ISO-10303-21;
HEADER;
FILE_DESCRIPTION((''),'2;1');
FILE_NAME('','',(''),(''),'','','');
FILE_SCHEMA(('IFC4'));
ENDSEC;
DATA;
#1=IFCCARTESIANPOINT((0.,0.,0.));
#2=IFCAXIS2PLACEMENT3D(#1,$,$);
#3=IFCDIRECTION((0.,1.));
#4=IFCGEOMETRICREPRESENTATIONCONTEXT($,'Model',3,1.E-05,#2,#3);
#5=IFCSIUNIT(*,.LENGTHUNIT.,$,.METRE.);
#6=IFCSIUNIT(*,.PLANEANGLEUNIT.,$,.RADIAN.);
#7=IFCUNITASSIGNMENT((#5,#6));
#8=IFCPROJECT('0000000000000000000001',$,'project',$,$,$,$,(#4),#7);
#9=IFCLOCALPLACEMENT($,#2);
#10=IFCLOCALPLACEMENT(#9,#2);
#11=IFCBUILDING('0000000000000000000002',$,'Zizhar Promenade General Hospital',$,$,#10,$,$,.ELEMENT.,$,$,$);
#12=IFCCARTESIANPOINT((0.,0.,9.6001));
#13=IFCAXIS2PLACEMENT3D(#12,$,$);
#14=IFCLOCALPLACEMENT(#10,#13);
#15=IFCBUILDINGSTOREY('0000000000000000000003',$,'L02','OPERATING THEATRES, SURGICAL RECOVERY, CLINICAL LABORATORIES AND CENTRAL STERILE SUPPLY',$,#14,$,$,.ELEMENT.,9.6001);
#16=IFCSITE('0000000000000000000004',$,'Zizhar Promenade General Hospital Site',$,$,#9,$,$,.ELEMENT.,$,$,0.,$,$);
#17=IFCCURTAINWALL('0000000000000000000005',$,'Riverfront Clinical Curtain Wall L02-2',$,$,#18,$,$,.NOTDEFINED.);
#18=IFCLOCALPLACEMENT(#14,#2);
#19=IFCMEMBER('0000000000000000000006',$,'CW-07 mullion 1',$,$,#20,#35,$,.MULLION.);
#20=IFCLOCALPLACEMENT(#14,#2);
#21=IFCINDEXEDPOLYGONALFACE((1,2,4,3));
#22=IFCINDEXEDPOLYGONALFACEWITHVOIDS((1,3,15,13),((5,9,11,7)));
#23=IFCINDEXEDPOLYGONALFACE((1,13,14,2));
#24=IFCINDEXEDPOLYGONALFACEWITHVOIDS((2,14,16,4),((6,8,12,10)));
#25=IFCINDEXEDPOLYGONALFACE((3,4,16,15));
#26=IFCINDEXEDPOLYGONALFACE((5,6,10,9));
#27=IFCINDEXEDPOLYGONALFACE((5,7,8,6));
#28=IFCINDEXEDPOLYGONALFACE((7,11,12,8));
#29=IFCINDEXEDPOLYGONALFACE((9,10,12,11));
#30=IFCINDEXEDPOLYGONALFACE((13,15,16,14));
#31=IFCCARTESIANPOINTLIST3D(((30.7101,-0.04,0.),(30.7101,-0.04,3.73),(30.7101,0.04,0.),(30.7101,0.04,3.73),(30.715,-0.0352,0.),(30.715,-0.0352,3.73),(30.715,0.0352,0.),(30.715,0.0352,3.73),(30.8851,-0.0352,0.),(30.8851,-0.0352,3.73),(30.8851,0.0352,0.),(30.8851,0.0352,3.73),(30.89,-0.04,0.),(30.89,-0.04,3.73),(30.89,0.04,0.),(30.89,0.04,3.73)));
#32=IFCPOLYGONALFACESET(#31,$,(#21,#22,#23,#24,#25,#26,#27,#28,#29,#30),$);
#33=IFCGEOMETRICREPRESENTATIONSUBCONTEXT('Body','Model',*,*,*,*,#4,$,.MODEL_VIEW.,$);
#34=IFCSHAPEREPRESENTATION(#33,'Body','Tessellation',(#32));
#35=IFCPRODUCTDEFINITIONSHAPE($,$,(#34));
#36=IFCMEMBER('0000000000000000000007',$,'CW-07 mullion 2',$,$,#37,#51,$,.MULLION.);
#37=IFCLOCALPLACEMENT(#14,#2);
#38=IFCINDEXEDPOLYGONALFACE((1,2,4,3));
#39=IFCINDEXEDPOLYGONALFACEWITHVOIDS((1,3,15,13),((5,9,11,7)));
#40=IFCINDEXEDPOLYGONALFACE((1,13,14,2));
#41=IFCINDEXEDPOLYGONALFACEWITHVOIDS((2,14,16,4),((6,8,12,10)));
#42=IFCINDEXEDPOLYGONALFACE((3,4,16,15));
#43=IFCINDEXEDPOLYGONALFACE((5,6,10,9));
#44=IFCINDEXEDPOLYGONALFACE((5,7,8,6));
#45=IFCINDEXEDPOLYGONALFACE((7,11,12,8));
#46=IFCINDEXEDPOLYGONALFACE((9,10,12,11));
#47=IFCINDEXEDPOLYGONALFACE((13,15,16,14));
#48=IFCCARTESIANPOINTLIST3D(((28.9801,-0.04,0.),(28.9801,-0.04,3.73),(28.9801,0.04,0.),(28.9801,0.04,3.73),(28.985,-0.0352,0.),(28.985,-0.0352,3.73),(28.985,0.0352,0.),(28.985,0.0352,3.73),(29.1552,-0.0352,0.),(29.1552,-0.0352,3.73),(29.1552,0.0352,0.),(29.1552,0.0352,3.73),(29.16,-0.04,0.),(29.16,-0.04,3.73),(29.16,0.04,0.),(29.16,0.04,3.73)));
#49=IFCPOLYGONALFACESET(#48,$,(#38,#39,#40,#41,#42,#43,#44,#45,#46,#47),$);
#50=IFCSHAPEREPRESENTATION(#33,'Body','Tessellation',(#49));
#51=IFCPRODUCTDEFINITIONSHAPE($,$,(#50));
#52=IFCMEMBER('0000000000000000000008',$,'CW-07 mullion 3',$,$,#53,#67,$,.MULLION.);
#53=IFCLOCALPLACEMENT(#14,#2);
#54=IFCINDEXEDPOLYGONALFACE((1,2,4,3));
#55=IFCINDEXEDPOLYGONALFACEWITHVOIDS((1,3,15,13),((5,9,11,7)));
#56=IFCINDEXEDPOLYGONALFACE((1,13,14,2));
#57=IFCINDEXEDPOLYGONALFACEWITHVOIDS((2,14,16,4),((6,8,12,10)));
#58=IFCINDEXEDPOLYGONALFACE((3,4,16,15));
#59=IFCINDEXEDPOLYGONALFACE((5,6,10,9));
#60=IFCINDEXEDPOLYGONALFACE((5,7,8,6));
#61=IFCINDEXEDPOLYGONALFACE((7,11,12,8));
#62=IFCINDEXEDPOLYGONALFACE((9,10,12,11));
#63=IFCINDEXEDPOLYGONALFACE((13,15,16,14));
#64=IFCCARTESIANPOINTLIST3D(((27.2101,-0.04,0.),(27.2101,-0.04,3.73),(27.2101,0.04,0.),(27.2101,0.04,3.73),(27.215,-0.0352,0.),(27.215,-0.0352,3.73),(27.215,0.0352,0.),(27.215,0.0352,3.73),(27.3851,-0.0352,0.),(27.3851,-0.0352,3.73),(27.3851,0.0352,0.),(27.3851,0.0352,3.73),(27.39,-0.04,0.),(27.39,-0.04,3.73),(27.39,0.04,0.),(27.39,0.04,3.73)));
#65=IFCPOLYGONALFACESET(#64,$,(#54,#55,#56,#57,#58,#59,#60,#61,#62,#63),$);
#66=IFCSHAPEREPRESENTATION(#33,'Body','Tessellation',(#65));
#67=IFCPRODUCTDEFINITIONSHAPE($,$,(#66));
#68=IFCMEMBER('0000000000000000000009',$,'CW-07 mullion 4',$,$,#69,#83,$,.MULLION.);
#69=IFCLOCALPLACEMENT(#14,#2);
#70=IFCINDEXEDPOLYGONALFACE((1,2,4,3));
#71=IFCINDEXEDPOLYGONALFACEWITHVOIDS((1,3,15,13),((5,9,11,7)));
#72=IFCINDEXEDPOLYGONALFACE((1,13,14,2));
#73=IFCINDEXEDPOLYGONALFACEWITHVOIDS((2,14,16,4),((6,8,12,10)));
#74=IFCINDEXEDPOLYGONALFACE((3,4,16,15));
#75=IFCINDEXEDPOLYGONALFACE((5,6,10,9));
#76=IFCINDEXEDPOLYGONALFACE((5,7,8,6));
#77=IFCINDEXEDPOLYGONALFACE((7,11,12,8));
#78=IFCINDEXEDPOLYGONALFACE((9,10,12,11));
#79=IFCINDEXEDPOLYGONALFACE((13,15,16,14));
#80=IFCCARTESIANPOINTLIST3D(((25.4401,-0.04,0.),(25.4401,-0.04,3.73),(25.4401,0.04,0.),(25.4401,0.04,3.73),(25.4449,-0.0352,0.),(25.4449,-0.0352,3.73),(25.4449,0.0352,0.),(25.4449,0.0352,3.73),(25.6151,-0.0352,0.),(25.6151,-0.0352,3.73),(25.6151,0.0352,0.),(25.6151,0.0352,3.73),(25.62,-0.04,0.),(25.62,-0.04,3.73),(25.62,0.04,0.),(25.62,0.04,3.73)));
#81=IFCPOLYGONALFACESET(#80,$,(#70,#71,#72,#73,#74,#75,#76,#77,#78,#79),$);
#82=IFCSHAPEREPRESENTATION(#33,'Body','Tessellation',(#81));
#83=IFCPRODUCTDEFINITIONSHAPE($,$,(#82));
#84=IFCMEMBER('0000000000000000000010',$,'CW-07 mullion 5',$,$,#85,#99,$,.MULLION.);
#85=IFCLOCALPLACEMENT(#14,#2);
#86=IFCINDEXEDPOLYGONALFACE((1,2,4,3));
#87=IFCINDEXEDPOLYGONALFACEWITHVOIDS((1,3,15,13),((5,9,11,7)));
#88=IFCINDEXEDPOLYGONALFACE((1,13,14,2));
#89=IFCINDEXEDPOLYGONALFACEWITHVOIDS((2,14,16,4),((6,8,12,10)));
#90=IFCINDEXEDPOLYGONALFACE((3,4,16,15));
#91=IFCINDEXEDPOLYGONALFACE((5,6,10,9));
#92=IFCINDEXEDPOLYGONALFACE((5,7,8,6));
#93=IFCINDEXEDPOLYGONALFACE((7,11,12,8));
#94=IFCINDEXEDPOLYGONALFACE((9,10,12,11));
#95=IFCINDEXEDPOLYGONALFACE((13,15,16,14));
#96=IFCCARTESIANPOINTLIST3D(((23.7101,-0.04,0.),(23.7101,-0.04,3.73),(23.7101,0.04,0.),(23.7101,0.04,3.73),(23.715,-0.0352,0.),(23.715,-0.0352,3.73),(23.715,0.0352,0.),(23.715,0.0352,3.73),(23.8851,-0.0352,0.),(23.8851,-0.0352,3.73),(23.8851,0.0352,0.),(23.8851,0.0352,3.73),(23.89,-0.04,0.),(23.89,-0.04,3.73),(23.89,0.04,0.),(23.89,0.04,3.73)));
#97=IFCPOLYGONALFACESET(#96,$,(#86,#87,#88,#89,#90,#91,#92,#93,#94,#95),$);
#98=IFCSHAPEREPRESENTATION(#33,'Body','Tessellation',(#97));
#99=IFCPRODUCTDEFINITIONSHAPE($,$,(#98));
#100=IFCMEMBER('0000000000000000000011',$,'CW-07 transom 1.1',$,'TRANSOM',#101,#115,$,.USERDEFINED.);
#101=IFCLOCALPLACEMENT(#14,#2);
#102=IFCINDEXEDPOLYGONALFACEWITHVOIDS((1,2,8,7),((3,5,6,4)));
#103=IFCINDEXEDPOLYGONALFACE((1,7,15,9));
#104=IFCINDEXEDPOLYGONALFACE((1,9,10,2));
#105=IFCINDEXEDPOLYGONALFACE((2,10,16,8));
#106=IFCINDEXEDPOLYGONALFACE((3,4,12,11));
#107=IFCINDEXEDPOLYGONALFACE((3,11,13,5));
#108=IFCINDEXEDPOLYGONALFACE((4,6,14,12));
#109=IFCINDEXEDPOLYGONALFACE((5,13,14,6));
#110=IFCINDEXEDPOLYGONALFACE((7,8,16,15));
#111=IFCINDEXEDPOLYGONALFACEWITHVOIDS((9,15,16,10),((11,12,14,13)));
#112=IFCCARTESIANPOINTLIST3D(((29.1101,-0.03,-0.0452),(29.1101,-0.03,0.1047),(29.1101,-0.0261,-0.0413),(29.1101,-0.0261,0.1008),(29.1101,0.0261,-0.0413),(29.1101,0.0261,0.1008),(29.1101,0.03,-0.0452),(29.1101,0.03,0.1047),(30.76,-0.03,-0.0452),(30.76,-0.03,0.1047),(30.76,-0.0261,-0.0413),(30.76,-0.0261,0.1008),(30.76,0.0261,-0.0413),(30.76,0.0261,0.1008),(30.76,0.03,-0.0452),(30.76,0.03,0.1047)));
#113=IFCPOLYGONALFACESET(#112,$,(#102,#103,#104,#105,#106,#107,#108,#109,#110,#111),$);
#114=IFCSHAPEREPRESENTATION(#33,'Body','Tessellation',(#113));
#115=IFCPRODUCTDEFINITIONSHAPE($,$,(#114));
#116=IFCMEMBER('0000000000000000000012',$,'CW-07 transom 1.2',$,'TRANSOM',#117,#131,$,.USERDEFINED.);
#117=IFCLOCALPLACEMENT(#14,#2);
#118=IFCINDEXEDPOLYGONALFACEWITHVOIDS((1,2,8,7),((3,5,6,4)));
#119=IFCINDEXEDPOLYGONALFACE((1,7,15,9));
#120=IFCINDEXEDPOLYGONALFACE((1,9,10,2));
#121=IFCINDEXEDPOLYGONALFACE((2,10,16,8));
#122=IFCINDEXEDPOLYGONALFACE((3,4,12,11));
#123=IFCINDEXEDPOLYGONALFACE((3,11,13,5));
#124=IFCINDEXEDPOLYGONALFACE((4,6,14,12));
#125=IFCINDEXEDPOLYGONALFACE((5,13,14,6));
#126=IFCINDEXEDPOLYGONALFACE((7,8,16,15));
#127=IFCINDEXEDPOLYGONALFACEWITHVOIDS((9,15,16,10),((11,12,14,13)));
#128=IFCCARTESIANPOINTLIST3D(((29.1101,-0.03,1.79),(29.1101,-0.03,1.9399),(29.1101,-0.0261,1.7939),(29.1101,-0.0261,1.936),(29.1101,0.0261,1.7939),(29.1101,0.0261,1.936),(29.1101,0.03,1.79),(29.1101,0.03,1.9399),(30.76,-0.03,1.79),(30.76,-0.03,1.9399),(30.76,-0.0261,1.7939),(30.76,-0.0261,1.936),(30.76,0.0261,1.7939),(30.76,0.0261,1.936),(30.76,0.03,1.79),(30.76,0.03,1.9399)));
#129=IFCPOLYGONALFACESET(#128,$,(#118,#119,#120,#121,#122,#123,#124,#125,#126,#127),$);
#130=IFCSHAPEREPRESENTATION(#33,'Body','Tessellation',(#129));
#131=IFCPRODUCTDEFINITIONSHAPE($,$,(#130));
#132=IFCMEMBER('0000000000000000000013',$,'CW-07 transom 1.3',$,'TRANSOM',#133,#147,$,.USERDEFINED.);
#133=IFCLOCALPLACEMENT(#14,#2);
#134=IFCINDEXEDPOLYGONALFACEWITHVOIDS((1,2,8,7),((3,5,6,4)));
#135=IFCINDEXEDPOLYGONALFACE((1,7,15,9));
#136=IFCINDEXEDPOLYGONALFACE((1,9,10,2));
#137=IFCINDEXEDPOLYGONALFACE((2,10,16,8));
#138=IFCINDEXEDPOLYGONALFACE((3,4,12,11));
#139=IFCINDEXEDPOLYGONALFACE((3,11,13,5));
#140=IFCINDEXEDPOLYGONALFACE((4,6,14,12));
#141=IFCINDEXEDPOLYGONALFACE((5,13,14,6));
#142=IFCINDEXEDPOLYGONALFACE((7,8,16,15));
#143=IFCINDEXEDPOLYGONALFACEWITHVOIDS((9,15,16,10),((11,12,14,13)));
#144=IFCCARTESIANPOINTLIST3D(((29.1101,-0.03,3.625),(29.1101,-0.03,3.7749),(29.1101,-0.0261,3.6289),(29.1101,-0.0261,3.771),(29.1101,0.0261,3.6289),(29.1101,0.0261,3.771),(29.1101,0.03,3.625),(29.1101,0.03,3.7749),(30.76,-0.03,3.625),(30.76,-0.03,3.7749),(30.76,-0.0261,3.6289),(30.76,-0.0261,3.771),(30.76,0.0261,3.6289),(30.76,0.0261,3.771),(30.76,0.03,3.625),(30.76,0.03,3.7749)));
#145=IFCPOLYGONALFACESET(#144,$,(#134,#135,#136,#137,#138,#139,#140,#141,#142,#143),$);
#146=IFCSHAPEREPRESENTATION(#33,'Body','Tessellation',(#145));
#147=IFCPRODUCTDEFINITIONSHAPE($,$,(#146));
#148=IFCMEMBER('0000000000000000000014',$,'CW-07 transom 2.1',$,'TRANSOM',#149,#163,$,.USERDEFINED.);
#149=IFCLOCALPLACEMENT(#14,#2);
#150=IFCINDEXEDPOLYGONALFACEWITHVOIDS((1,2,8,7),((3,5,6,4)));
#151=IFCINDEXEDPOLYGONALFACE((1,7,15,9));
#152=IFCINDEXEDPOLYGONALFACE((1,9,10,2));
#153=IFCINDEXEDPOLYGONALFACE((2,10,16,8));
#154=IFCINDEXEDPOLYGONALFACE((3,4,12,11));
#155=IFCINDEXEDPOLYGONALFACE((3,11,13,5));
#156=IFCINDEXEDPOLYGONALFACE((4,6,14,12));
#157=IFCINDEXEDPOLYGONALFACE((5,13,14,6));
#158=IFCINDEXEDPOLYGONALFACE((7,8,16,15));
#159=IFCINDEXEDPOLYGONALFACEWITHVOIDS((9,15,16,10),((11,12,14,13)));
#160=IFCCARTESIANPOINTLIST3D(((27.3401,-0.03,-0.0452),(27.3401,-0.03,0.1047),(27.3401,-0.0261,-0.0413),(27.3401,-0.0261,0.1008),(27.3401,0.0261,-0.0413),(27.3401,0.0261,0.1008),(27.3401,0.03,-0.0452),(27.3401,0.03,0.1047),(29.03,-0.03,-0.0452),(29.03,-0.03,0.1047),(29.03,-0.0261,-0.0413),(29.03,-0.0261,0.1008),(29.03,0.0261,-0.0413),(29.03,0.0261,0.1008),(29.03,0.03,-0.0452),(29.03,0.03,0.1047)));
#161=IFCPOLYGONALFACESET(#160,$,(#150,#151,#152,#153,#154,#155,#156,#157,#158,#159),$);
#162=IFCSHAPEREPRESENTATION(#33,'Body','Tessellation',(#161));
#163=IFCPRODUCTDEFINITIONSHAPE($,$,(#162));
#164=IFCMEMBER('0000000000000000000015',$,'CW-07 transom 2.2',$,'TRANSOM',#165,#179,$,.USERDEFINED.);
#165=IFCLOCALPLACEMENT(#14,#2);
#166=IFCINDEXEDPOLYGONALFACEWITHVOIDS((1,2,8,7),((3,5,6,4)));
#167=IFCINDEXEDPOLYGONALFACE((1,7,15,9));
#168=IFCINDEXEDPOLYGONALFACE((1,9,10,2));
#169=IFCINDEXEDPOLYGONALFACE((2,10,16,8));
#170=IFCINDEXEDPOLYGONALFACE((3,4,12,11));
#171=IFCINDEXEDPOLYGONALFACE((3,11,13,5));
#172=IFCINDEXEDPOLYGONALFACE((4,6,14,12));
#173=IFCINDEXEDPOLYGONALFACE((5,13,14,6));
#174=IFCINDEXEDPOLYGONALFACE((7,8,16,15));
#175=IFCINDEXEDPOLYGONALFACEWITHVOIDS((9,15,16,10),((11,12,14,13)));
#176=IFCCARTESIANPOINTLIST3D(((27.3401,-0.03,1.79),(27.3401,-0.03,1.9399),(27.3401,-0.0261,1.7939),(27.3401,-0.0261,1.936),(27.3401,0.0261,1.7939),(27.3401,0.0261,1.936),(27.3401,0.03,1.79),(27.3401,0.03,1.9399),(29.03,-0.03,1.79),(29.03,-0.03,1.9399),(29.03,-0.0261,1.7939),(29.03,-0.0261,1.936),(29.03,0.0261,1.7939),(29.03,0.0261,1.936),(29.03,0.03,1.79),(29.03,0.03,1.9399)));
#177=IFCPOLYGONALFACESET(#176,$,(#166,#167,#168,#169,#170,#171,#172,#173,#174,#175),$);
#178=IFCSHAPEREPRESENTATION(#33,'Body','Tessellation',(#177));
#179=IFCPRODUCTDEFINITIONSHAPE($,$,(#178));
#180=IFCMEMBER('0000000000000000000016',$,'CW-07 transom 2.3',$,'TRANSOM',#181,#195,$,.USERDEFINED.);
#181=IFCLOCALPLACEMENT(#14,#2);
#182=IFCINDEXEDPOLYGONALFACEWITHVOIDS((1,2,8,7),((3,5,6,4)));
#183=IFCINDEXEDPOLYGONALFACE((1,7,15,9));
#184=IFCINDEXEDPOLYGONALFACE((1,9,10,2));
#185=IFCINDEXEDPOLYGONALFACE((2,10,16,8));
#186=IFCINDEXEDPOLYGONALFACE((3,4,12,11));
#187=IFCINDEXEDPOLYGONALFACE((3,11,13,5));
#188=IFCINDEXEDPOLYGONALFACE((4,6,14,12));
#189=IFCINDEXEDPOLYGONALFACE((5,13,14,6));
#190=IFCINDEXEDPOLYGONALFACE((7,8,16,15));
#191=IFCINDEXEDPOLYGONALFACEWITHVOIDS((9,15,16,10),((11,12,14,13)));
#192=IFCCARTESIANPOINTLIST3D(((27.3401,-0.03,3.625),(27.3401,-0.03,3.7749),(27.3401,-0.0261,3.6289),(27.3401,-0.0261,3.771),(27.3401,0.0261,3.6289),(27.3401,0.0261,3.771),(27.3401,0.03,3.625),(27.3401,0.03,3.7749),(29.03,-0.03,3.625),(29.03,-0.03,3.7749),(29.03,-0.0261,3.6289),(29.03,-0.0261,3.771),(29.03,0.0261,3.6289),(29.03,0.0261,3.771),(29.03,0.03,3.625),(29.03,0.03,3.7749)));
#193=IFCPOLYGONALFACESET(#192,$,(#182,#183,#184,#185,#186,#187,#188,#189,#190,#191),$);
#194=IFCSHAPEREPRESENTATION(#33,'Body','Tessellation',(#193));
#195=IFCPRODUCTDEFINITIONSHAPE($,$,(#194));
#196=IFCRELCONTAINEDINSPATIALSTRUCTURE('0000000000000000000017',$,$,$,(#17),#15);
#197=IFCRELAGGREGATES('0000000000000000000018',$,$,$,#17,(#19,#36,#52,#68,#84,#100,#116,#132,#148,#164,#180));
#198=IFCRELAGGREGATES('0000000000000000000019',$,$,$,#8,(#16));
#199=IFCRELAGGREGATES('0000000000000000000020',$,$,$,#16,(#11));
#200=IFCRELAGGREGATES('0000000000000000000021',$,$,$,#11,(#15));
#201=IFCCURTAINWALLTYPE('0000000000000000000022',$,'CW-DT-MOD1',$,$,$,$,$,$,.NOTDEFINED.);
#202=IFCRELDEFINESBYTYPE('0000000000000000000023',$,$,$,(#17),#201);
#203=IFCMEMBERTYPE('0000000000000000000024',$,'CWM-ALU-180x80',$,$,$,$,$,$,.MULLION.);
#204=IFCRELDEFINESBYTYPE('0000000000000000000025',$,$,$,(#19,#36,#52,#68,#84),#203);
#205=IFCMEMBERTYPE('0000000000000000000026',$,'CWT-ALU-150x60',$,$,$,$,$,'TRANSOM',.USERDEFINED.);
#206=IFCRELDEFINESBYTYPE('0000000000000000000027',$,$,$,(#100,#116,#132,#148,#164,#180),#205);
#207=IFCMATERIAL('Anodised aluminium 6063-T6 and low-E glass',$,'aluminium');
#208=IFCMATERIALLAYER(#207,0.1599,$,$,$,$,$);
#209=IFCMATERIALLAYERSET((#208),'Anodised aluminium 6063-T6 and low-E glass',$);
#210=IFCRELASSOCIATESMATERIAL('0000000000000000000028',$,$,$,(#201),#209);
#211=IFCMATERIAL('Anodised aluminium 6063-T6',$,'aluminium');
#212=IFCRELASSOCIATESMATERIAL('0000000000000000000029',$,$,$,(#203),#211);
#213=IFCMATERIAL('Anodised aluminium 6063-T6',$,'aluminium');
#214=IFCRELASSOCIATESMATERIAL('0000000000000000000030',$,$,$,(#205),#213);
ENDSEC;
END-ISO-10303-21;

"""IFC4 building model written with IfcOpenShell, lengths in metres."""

from ifc_helpers import new_model, si_unit, direction, frame, origin, origin_2d, place, context, subcontext, project, spatial, hollow_rectangle, extrude, material, layer, layer_set, material_profile, profile_set, type_object, element, aggregate, save


model = new_model("IFC4")

# Units and contexts
model_context = context("Model", 3, precision=1e-05, world=origin(), true_north=direction((0.0, 1.0)))
body_context = subcontext(model_context, "Body", "Model", "MODEL_VIEW")
ifc_project = project(units=[si_unit("LENGTHUNIT", "METRE"), si_unit("PLANEANGLEUNIT", "RADIAN")], contexts=[model_context])

# Site, building, storey
site_placement = place(None, origin())
site = spatial("IfcSite", under=ifc_project, at=site_placement, Name="Zizhar Promenade General Hospital Site", CompositionType="ELEMENT", RefElevation=0.0)
building_placement = place(site_placement, origin())
building = spatial("IfcBuilding", under=site, at=building_placement, Name="Zizhar Promenade General Hospital", CompositionType="ELEMENT")
storey_placement = place(building_placement, frame((0.0, 0.0, 9.6001)))
storey = spatial("IfcBuildingStorey", under=building, at=storey_placement, Name="L02", Description="OPERATING THEATRES, SURGICAL RECOVERY, CLINICAL LABORATORIES AND CENTRAL STERILE SUPPLY", CompositionType="ELEMENT", Elevation=9.6001)

# Curtain wall, members
ifc_material_1 = material(Name="Anodised aluminium 6063-T6 and low-E glass", Category="aluminium")
ifc_layer_1 = layer(ifc_material_1, 0.1599)
ifc_layer_set_1 = layer_set([ifc_layer_1], Name="Anodised aluminium 6063-T6 and low-E glass")
curtain_wall_type = type_object("IfcCurtainWallType", Name="CW-DT-MOD1", PredefinedType="NOTDEFINED", material=ifc_layer_set_1)
curtain_wall_placement = place(storey_placement, origin())
curtain_wall = element("IfcCurtainWall", 1, at=curtain_wall_placement, inside=storey, type_object=curtain_wall_type, Name="Riverfront Clinical Curtain Wall L02-2", PredefinedType="NOTDEFINED")
ifc_material_2 = material(Name="Anodised aluminium 6063-T6", Category="aluminium")
ifc_material_profile_1 = material_profile(ifc_material_2, hollow_rectangle(XDim=0.0801, YDim=0.1799, WallThickness=0.0049, at=origin_2d()))
ifc_profile_set_1 = profile_set([ifc_material_profile_1], Name="Anodised aluminium 6063-T6")
member_type_1 = type_object("IfcMemberType", Name="CWM-ALU-180x80", PredefinedType="MULLION", material=ifc_profile_set_1)
member_1_placement = place(storey_placement, frame((30.8, 0.0, 0.0), z_axis=(0.0, 0.0, 1.0), x_axis=(0.0, -1.0, 0.0)))
member_1 = element("IfcMember", 2, at=member_1_placement, type_object=member_type_1, Name="CW-07 mullion 1", PredefinedType="MULLION", context=body_context, shape_type="SweptSolid", body=[
    extrude(hollow_rectangle(XDim=0.0801, YDim=0.1799, WallThickness=0.0049, at=origin_2d()), origin(), (0.0, 0.0, 1.0), 3.73),
])
member_2_placement = place(storey_placement, frame((29.0701, 0.0, 0.0), z_axis=(0.0, 0.0, 1.0), x_axis=(0.0, -1.0, 0.0)))
member_2 = element("IfcMember", 3, at=member_2_placement, type_object=member_type_1, Name="CW-07 mullion 2", PredefinedType="MULLION", context=body_context, shape_type="SweptSolid", body=[
    extrude(hollow_rectangle(XDim=0.0801, YDim=0.1799, WallThickness=0.0049, at=origin_2d()), origin(), (0.0, 0.0, 1.0), 3.73),
])
member_3_placement = place(storey_placement, frame((27.3, 0.0, 0.0), z_axis=(0.0, 0.0, 1.0), x_axis=(0.0, -1.0, 0.0)))
member_3 = element("IfcMember", 4, at=member_3_placement, type_object=member_type_1, Name="CW-07 mullion 3", PredefinedType="MULLION", context=body_context, shape_type="SweptSolid", body=[
    extrude(hollow_rectangle(XDim=0.0801, YDim=0.1799, WallThickness=0.0049, at=origin_2d()), origin(), (0.0, 0.0, 1.0), 3.73),
])
member_4_placement = place(storey_placement, frame((25.53, 0.0, 0.0), z_axis=(0.0, 0.0, 1.0), x_axis=(0.0, -1.0, 0.0)))
member_4 = element("IfcMember", 5, at=member_4_placement, type_object=member_type_1, Name="CW-07 mullion 4", PredefinedType="MULLION", context=body_context, shape_type="SweptSolid", body=[
    extrude(hollow_rectangle(XDim=0.0801, YDim=0.1799, WallThickness=0.0049, at=origin_2d()), origin(), (0.0, 0.0, 1.0), 3.73),
])
member_5_placement = place(storey_placement, frame((23.8, 0.0, 0.0), z_axis=(0.0, 0.0, 1.0), x_axis=(0.0, -1.0, 0.0)))
member_5 = element("IfcMember", 6, at=member_5_placement, type_object=member_type_1, Name="CW-07 mullion 5", PredefinedType="MULLION", context=body_context, shape_type="SweptSolid", body=[
    extrude(hollow_rectangle(XDim=0.0801, YDim=0.1799, WallThickness=0.0049, at=origin_2d()), origin(), (0.0, 0.0, 1.0), 3.73),
])
ifc_material_3 = material(Name="Anodised aluminium 6063-T6", Category="aluminium")
ifc_material_profile_2 = material_profile(ifc_material_3, hollow_rectangle(XDim=0.0601, YDim=0.1499, WallThickness=0.0039, at=origin_2d()))
ifc_profile_set_2 = profile_set([ifc_material_profile_2], Name="Anodised aluminium 6063-T6")
member_type_2 = type_object("IfcMemberType", Name="CWT-ALU-150x60", ElementType="TRANSOM", PredefinedType="USERDEFINED", material=ifc_profile_set_2)
member_6_placement = place(storey_placement, frame((30.76, 0.0, 0.0298), z_axis=(-1.0, 0.0, 0.0), x_axis=(0.0, -1.0, 0.0)))
member_6 = element("IfcMember", 7, at=member_6_placement, type_object=member_type_2, Name="CW-07 transom 1.1", ObjectType="TRANSOM", PredefinedType="USERDEFINED", context=body_context, shape_type="SweptSolid", body=[
    extrude(hollow_rectangle(XDim=0.0601, YDim=0.1499, WallThickness=0.0039, at=origin_2d()), origin(), (0.0, 0.0, 1.0), 1.6499),
])
member_7_placement = place(storey_placement, frame((30.76, 0.0, 1.865), z_axis=(-1.0, 0.0, 0.0), x_axis=(0.0, -1.0, 0.0)))
member_7 = element("IfcMember", 8, at=member_7_placement, type_object=member_type_2, Name="CW-07 transom 1.2", ObjectType="TRANSOM", PredefinedType="USERDEFINED", context=body_context, shape_type="SweptSolid", body=[
    extrude(hollow_rectangle(XDim=0.0601, YDim=0.1499, WallThickness=0.0039, at=origin_2d()), origin(), (0.0, 0.0, 1.0), 1.6499),
])
member_8_placement = place(storey_placement, frame((30.76, 0.0, 3.7), z_axis=(-1.0, 0.0, 0.0), x_axis=(0.0, -1.0, 0.0)))
member_8 = element("IfcMember", 9, at=member_8_placement, type_object=member_type_2, Name="CW-07 transom 1.3", ObjectType="TRANSOM", PredefinedType="USERDEFINED", context=body_context, shape_type="SweptSolid", body=[
    extrude(hollow_rectangle(XDim=0.0601, YDim=0.1499, WallThickness=0.0039, at=origin_2d()), origin(), (0.0, 0.0, 1.0), 1.6499),
])
member_9_placement = place(storey_placement, frame((29.03, 0.0, 0.0298), z_axis=(-1.0, 0.0, 0.0), x_axis=(0.0, -1.0, 0.0)))
member_9 = element("IfcMember", 10, at=member_9_placement, type_object=member_type_2, Name="CW-07 transom 2.1", ObjectType="TRANSOM", PredefinedType="USERDEFINED", context=body_context, shape_type="SweptSolid", body=[
    extrude(hollow_rectangle(XDim=0.0601, YDim=0.1499, WallThickness=0.0039, at=origin_2d()), origin(), (0.0, 0.0, 1.0), 1.6899),
])
member_10_placement = place(storey_placement, frame((29.03, 0.0, 1.865), z_axis=(-1.0, 0.0, 0.0), x_axis=(0.0, -1.0, 0.0)))
member_10 = element("IfcMember", 11, at=member_10_placement, type_object=member_type_2, Name="CW-07 transom 2.2", ObjectType="TRANSOM", PredefinedType="USERDEFINED", context=body_context, shape_type="SweptSolid", body=[
    extrude(hollow_rectangle(XDim=0.0601, YDim=0.1499, WallThickness=0.0039, at=origin_2d()), origin(), (0.0, 0.0, 1.0), 1.6899),
])
member_11_placement = place(storey_placement, frame((29.03, 0.0, 3.7), z_axis=(-1.0, 0.0, 0.0), x_axis=(0.0, -1.0, 0.0)))
member_11 = element("IfcMember", 12, at=member_11_placement, type_object=member_type_2, Name="CW-07 transom 2.3", ObjectType="TRANSOM", PredefinedType="USERDEFINED", context=body_context, shape_type="SweptSolid", body=[
    extrude(hollow_rectangle(XDim=0.0601, YDim=0.1499, WallThickness=0.0039, at=origin_2d()), origin(), (0.0, 0.0, 1.0), 1.6899),
])
aggregate(curtain_wall, [member_1, member_2, member_3, member_4, member_5, member_6, member_7, member_8, member_9, member_10, member_11])

save(model, "model.ifc")
